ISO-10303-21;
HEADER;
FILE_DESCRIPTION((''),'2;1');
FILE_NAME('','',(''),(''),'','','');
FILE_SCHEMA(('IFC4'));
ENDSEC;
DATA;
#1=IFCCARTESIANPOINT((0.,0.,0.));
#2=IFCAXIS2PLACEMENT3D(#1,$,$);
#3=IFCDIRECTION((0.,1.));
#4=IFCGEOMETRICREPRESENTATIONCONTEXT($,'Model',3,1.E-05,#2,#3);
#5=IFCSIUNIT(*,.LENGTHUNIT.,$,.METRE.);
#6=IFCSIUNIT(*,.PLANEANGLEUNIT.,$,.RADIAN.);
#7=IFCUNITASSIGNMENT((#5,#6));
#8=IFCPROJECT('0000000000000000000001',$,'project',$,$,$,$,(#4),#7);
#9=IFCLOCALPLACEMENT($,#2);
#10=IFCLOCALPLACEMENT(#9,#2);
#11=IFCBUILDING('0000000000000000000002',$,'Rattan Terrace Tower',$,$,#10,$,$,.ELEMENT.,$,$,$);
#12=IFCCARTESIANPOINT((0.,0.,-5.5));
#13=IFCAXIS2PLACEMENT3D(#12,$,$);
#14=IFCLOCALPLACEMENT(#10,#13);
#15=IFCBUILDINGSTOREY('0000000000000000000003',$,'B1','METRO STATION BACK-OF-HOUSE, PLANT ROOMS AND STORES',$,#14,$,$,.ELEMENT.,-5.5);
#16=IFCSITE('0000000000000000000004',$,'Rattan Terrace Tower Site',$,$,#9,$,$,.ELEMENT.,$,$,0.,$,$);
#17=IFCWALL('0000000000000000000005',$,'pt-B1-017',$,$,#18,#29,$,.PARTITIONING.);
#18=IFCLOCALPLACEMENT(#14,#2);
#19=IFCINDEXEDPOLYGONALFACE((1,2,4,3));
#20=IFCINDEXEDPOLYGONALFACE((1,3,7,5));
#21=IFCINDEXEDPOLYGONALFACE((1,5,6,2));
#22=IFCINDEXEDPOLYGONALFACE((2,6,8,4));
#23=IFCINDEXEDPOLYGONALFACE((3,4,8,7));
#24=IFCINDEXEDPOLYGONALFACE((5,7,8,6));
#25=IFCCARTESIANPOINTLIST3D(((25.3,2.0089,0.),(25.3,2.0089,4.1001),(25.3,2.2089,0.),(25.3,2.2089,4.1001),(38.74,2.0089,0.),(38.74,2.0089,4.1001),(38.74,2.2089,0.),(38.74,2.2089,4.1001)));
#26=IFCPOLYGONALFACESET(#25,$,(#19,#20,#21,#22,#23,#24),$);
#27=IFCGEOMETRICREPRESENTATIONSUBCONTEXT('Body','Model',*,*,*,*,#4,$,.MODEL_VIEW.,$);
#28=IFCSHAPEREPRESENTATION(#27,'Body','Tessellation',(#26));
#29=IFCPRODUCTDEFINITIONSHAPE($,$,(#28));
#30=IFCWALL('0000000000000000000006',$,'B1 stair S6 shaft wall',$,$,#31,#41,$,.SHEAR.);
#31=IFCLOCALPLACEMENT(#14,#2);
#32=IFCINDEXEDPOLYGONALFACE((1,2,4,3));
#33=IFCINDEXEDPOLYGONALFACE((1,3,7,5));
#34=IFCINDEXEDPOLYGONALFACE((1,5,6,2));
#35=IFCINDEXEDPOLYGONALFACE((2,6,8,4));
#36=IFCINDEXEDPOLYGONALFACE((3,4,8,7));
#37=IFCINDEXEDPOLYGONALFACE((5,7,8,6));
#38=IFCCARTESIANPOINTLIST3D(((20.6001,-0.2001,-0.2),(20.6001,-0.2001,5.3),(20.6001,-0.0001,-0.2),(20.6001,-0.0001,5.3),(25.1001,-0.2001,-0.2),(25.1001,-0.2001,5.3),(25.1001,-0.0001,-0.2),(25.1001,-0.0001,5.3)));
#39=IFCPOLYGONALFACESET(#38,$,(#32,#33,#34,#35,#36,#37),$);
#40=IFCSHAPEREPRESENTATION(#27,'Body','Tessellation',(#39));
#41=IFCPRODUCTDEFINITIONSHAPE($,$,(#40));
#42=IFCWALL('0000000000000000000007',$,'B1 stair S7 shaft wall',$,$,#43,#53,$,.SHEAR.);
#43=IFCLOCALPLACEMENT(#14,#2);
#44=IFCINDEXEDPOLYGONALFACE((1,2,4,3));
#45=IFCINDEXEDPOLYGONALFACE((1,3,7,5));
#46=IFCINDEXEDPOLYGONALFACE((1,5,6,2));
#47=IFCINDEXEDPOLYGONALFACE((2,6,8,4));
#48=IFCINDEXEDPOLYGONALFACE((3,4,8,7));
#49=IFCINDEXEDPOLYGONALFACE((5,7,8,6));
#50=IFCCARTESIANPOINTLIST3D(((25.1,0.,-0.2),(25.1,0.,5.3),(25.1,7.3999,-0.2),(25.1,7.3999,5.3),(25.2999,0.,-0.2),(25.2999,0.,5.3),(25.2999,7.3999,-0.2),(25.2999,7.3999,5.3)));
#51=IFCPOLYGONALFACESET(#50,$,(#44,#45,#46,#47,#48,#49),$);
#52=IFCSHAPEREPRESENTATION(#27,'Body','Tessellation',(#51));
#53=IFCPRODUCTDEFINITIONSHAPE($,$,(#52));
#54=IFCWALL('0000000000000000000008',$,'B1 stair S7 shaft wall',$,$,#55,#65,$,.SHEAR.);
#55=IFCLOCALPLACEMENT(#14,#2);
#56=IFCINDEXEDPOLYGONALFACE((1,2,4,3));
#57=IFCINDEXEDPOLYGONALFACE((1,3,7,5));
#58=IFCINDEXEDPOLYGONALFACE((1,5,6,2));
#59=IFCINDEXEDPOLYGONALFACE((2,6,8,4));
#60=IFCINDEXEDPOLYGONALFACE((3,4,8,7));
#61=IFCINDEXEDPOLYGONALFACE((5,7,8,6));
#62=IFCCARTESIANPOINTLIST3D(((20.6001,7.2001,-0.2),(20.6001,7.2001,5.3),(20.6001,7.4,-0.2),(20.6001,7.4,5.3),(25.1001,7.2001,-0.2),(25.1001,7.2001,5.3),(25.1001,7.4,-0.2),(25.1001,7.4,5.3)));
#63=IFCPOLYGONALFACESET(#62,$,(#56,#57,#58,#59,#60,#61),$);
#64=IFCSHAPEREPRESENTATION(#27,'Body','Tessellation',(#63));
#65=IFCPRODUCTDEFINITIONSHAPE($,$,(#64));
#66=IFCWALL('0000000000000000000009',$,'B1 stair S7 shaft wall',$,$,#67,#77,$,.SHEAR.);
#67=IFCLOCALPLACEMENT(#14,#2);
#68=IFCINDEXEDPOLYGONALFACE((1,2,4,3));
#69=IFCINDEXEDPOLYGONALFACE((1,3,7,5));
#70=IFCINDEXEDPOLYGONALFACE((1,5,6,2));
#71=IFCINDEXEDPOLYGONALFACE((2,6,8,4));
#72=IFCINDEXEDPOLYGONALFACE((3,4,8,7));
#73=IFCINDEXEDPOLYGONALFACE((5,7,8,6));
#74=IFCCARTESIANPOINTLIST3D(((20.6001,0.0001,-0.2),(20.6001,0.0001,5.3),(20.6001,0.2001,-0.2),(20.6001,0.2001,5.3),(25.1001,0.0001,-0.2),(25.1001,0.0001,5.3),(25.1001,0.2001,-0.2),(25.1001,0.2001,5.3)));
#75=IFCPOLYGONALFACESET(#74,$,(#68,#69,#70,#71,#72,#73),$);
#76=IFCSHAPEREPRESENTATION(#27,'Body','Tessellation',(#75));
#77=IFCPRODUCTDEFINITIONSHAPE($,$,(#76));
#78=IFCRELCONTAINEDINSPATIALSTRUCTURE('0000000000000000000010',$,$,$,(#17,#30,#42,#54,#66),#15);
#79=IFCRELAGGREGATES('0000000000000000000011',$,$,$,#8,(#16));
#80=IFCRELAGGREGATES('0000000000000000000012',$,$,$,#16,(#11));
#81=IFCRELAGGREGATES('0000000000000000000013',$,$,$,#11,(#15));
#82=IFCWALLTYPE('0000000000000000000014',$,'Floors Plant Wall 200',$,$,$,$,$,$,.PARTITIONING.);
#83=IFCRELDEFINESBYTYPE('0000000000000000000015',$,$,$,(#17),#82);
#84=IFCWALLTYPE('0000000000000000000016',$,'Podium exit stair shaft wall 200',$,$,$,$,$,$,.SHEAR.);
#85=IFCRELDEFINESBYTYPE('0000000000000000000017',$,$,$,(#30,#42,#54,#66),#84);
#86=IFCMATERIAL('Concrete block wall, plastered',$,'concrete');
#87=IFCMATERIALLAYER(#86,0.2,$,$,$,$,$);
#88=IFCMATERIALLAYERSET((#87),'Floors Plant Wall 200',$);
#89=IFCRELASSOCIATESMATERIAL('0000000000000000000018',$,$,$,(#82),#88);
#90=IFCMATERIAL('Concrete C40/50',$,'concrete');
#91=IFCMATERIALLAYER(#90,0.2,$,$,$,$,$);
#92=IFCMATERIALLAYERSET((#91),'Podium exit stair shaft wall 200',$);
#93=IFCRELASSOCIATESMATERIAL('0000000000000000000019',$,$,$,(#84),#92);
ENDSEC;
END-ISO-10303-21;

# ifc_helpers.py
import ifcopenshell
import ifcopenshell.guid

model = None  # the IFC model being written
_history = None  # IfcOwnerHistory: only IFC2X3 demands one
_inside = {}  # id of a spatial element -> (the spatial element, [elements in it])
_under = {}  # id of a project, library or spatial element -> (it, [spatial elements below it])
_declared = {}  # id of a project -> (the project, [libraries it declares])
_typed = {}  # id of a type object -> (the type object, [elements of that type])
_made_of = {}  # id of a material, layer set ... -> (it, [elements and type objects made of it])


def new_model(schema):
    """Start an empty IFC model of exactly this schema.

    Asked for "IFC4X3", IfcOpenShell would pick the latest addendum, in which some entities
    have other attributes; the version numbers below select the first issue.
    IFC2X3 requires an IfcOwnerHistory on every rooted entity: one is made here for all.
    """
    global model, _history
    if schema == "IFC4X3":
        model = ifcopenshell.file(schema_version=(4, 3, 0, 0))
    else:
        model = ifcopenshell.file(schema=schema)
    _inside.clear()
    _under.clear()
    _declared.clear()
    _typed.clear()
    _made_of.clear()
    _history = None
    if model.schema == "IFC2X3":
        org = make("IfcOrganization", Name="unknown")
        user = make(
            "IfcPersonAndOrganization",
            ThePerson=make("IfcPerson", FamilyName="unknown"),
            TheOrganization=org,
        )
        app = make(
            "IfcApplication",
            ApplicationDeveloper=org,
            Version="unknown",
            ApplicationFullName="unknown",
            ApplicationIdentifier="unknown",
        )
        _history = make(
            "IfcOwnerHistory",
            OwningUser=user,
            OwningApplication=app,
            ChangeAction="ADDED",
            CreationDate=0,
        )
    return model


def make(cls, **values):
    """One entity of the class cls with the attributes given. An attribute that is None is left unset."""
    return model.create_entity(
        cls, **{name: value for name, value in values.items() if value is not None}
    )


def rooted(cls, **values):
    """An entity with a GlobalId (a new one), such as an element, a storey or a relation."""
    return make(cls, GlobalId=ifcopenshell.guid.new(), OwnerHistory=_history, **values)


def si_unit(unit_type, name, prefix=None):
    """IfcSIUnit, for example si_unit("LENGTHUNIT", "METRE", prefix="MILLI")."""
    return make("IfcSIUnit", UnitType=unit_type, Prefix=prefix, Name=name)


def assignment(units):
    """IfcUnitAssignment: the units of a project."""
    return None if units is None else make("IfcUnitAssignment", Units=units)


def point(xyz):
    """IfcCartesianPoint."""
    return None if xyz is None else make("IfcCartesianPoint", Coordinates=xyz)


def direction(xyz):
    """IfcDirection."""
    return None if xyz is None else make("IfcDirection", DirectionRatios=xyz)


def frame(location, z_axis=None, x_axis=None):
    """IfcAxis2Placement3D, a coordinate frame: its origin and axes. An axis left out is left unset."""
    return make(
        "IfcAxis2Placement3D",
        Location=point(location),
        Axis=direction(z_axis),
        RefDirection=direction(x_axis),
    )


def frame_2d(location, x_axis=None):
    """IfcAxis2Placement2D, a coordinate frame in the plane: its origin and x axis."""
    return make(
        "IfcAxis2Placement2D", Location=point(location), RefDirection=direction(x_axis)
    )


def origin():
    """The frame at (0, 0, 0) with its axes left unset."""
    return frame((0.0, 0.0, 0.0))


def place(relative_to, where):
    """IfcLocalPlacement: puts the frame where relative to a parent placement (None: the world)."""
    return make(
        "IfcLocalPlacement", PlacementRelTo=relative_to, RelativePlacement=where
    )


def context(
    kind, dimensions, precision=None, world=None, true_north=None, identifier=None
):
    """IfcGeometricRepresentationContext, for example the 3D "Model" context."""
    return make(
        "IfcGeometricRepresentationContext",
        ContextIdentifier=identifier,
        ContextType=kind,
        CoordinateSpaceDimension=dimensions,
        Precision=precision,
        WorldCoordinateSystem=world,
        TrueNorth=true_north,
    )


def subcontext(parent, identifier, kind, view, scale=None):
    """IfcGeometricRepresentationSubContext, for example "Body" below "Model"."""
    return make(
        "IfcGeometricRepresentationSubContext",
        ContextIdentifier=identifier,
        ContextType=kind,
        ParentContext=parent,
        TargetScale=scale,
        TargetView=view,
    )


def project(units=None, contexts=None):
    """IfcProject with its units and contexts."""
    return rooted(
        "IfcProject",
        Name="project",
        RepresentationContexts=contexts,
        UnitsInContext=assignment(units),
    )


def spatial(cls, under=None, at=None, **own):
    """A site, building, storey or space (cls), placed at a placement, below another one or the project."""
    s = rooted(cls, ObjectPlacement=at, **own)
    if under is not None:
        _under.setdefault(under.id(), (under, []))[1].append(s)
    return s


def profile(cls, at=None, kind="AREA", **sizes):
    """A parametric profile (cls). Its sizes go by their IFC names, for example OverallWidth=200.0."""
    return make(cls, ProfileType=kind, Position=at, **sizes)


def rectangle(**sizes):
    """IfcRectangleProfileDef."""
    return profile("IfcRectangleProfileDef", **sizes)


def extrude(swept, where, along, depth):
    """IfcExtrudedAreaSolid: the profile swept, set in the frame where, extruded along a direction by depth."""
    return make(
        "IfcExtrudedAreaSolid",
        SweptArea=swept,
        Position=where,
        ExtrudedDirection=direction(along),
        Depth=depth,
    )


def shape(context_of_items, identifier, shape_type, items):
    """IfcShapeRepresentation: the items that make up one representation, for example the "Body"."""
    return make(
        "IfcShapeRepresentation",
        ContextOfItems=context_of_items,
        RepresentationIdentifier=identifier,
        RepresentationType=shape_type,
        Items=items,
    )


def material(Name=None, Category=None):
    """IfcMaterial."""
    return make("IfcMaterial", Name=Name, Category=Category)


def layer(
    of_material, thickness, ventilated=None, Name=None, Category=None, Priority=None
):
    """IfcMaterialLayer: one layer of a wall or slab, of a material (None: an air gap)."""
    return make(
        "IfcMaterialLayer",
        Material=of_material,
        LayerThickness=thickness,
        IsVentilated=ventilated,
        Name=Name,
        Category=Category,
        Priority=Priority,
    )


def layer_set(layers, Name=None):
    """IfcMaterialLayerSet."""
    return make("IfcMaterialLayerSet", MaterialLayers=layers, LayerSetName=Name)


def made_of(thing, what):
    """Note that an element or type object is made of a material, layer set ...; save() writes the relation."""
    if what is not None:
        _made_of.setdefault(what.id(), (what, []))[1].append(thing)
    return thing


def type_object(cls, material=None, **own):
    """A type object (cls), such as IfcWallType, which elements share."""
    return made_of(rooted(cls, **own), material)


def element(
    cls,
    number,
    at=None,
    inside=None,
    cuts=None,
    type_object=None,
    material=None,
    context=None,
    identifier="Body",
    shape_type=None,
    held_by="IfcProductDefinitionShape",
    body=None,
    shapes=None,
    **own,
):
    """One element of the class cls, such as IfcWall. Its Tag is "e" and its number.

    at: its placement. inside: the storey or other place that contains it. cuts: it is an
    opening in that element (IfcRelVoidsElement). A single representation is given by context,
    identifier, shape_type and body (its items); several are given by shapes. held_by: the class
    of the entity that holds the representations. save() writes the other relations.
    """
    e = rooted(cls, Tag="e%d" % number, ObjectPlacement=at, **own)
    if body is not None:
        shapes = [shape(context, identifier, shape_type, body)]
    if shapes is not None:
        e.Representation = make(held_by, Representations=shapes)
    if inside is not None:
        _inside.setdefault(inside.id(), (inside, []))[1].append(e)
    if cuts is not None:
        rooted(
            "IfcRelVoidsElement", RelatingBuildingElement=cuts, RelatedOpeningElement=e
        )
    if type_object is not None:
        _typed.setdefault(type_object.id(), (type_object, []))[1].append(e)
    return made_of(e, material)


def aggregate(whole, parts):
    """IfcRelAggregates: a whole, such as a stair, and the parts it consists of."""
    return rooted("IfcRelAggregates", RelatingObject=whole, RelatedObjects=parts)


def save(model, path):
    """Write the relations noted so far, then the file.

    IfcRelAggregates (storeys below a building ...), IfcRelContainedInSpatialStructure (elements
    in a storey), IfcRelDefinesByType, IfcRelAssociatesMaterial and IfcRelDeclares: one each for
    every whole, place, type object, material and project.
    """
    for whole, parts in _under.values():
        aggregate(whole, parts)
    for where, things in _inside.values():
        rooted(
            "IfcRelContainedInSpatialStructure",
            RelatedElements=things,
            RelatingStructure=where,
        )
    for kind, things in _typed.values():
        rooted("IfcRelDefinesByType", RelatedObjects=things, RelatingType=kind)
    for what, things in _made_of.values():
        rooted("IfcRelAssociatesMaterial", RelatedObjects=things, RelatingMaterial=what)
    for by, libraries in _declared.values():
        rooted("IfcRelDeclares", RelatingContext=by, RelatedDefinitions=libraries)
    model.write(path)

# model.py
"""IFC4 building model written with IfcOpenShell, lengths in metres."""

from ifc_helpers import new_model, si_unit, direction, frame, frame_2d, origin, place, context, subcontext, project, spatial, rectangle, extrude, material, layer, layer_set, type_object, element, save


model = new_model("IFC4")

# Units and contexts
model_context = context("Model", 3, precision=1e-05, world=origin(), true_north=direction((0.0, 1.0)))
body_context = subcontext(model_context, "Body", "Model", "MODEL_VIEW")
ifc_project = project(units=[si_unit("LENGTHUNIT", "METRE"), si_unit("PLANEANGLEUNIT", "RADIAN")], contexts=[model_context])

# Site, building, storey
site_placement = place(None, origin())
site = spatial("IfcSite", under=ifc_project, at=site_placement, Name="Rattan Terrace Tower Site", CompositionType="ELEMENT", RefElevation=0.0)
building_placement = place(site_placement, origin())
building = spatial("IfcBuilding", under=site, at=building_placement, Name="Rattan Terrace Tower", CompositionType="ELEMENT")
storey_placement = place(building_placement, frame((0.0, 0.0, -5.5)))
storey = spatial("IfcBuildingStorey", under=building, at=storey_placement, Name="B1", Description="METRO STATION BACK-OF-HOUSE, PLANT ROOMS AND STORES", CompositionType="ELEMENT", Elevation=-5.5)

# Walls
ifc_material_1 = material(Name="Concrete block wall, plastered", Category="concrete")
ifc_layer_1 = layer(ifc_material_1, 0.2)
ifc_layer_set_1 = layer_set([ifc_layer_1], Name="Floors Plant Wall 200")
wall_type_1 = type_object("IfcWallType", Name="Floors Plant Wall 200", PredefinedType="PARTITIONING", material=ifc_layer_set_1)
wall_1_placement = place(storey_placement, frame((25.3, 2.1089, 0.0), z_axis=(0.0, 0.0, 1.0), x_axis=(1.0, 0.0, 0.0)))
element("IfcWall", 1, at=wall_1_placement, inside=storey, type_object=wall_type_1, Name="pt-B1-017", PredefinedType="PARTITIONING", context=body_context, shape_type="SweptSolid", body=[
    extrude(rectangle(XDim=13.4399, YDim=0.2, at=frame_2d((6.72, 0.0))), origin(), (0.0, 0.0, 1.0), 4.1001),
])
ifc_material_2 = material(Name="Concrete C40/50", Category="concrete")
ifc_layer_2 = layer(ifc_material_2, 0.2)
ifc_layer_set_2 = layer_set([ifc_layer_2], Name="Podium exit stair shaft wall 200")
wall_type_2 = type_object("IfcWallType", Name="Podium exit stair shaft wall 200", PredefinedType="SHEAR", material=ifc_layer_set_2)
wall_2_placement = place(storey_placement, frame((20.6001, -0.1001, -0.2), z_axis=(0.0, 0.0, 1.0), x_axis=(1.0, 0.0, 0.0)))
element("IfcWall", 2, at=wall_2_placement, inside=storey, type_object=wall_type_2, Name="B1 stair S6 shaft wall", PredefinedType="SHEAR", context=body_context, shape_type="SweptSolid", body=[
    extrude(rectangle(XDim=4.5, YDim=0.2, at=frame_2d((2.25, 0.0))), origin(), (0.0, 0.0, 1.0), 5.5),
])
wall_3_placement = place(storey_placement, frame((25.2, 0.0, -0.2), z_axis=(0.0, 0.0, 1.0), x_axis=(0.0, 1.0, 0.0)))
element("IfcWall", 3, at=wall_3_placement, inside=storey, type_object=wall_type_2, Name="B1 stair S7 shaft wall", PredefinedType="SHEAR", context=body_context, shape_type="SweptSolid", body=[
    extrude(rectangle(XDim=7.3999, YDim=0.2, at=frame_2d((3.7, 0.0))), origin(), (0.0, 0.0, 1.0), 5.5),
])
for number, where, z_axis, x_axis, name in (
    (4, (20.6001, 7.3, -0.2), (0.0, 0.0, 1.0), (1.0, 0.0, 0.0), "B1 stair S7 shaft wall"),
    (5, (20.6001, 0.1001, -0.2), (0.0, 0.0, 1.0), (1.0, 0.0, 0.0), "B1 stair S7 shaft wall"),
):
    element("IfcWall", number, at=place(storey_placement, frame(where, z_axis=z_axis, x_axis=x_axis)), inside=storey, type_object=wall_type_2, Name=name, PredefinedType="SHEAR", context=body_context, shape_type="SweptSolid", body=[
        extrude(rectangle(XDim=4.5, YDim=0.2, at=frame_2d((2.25, 0.0))), origin(), (0.0, 0.0, 1.0), 5.5),
    ])

save(model, "model.ifc")
